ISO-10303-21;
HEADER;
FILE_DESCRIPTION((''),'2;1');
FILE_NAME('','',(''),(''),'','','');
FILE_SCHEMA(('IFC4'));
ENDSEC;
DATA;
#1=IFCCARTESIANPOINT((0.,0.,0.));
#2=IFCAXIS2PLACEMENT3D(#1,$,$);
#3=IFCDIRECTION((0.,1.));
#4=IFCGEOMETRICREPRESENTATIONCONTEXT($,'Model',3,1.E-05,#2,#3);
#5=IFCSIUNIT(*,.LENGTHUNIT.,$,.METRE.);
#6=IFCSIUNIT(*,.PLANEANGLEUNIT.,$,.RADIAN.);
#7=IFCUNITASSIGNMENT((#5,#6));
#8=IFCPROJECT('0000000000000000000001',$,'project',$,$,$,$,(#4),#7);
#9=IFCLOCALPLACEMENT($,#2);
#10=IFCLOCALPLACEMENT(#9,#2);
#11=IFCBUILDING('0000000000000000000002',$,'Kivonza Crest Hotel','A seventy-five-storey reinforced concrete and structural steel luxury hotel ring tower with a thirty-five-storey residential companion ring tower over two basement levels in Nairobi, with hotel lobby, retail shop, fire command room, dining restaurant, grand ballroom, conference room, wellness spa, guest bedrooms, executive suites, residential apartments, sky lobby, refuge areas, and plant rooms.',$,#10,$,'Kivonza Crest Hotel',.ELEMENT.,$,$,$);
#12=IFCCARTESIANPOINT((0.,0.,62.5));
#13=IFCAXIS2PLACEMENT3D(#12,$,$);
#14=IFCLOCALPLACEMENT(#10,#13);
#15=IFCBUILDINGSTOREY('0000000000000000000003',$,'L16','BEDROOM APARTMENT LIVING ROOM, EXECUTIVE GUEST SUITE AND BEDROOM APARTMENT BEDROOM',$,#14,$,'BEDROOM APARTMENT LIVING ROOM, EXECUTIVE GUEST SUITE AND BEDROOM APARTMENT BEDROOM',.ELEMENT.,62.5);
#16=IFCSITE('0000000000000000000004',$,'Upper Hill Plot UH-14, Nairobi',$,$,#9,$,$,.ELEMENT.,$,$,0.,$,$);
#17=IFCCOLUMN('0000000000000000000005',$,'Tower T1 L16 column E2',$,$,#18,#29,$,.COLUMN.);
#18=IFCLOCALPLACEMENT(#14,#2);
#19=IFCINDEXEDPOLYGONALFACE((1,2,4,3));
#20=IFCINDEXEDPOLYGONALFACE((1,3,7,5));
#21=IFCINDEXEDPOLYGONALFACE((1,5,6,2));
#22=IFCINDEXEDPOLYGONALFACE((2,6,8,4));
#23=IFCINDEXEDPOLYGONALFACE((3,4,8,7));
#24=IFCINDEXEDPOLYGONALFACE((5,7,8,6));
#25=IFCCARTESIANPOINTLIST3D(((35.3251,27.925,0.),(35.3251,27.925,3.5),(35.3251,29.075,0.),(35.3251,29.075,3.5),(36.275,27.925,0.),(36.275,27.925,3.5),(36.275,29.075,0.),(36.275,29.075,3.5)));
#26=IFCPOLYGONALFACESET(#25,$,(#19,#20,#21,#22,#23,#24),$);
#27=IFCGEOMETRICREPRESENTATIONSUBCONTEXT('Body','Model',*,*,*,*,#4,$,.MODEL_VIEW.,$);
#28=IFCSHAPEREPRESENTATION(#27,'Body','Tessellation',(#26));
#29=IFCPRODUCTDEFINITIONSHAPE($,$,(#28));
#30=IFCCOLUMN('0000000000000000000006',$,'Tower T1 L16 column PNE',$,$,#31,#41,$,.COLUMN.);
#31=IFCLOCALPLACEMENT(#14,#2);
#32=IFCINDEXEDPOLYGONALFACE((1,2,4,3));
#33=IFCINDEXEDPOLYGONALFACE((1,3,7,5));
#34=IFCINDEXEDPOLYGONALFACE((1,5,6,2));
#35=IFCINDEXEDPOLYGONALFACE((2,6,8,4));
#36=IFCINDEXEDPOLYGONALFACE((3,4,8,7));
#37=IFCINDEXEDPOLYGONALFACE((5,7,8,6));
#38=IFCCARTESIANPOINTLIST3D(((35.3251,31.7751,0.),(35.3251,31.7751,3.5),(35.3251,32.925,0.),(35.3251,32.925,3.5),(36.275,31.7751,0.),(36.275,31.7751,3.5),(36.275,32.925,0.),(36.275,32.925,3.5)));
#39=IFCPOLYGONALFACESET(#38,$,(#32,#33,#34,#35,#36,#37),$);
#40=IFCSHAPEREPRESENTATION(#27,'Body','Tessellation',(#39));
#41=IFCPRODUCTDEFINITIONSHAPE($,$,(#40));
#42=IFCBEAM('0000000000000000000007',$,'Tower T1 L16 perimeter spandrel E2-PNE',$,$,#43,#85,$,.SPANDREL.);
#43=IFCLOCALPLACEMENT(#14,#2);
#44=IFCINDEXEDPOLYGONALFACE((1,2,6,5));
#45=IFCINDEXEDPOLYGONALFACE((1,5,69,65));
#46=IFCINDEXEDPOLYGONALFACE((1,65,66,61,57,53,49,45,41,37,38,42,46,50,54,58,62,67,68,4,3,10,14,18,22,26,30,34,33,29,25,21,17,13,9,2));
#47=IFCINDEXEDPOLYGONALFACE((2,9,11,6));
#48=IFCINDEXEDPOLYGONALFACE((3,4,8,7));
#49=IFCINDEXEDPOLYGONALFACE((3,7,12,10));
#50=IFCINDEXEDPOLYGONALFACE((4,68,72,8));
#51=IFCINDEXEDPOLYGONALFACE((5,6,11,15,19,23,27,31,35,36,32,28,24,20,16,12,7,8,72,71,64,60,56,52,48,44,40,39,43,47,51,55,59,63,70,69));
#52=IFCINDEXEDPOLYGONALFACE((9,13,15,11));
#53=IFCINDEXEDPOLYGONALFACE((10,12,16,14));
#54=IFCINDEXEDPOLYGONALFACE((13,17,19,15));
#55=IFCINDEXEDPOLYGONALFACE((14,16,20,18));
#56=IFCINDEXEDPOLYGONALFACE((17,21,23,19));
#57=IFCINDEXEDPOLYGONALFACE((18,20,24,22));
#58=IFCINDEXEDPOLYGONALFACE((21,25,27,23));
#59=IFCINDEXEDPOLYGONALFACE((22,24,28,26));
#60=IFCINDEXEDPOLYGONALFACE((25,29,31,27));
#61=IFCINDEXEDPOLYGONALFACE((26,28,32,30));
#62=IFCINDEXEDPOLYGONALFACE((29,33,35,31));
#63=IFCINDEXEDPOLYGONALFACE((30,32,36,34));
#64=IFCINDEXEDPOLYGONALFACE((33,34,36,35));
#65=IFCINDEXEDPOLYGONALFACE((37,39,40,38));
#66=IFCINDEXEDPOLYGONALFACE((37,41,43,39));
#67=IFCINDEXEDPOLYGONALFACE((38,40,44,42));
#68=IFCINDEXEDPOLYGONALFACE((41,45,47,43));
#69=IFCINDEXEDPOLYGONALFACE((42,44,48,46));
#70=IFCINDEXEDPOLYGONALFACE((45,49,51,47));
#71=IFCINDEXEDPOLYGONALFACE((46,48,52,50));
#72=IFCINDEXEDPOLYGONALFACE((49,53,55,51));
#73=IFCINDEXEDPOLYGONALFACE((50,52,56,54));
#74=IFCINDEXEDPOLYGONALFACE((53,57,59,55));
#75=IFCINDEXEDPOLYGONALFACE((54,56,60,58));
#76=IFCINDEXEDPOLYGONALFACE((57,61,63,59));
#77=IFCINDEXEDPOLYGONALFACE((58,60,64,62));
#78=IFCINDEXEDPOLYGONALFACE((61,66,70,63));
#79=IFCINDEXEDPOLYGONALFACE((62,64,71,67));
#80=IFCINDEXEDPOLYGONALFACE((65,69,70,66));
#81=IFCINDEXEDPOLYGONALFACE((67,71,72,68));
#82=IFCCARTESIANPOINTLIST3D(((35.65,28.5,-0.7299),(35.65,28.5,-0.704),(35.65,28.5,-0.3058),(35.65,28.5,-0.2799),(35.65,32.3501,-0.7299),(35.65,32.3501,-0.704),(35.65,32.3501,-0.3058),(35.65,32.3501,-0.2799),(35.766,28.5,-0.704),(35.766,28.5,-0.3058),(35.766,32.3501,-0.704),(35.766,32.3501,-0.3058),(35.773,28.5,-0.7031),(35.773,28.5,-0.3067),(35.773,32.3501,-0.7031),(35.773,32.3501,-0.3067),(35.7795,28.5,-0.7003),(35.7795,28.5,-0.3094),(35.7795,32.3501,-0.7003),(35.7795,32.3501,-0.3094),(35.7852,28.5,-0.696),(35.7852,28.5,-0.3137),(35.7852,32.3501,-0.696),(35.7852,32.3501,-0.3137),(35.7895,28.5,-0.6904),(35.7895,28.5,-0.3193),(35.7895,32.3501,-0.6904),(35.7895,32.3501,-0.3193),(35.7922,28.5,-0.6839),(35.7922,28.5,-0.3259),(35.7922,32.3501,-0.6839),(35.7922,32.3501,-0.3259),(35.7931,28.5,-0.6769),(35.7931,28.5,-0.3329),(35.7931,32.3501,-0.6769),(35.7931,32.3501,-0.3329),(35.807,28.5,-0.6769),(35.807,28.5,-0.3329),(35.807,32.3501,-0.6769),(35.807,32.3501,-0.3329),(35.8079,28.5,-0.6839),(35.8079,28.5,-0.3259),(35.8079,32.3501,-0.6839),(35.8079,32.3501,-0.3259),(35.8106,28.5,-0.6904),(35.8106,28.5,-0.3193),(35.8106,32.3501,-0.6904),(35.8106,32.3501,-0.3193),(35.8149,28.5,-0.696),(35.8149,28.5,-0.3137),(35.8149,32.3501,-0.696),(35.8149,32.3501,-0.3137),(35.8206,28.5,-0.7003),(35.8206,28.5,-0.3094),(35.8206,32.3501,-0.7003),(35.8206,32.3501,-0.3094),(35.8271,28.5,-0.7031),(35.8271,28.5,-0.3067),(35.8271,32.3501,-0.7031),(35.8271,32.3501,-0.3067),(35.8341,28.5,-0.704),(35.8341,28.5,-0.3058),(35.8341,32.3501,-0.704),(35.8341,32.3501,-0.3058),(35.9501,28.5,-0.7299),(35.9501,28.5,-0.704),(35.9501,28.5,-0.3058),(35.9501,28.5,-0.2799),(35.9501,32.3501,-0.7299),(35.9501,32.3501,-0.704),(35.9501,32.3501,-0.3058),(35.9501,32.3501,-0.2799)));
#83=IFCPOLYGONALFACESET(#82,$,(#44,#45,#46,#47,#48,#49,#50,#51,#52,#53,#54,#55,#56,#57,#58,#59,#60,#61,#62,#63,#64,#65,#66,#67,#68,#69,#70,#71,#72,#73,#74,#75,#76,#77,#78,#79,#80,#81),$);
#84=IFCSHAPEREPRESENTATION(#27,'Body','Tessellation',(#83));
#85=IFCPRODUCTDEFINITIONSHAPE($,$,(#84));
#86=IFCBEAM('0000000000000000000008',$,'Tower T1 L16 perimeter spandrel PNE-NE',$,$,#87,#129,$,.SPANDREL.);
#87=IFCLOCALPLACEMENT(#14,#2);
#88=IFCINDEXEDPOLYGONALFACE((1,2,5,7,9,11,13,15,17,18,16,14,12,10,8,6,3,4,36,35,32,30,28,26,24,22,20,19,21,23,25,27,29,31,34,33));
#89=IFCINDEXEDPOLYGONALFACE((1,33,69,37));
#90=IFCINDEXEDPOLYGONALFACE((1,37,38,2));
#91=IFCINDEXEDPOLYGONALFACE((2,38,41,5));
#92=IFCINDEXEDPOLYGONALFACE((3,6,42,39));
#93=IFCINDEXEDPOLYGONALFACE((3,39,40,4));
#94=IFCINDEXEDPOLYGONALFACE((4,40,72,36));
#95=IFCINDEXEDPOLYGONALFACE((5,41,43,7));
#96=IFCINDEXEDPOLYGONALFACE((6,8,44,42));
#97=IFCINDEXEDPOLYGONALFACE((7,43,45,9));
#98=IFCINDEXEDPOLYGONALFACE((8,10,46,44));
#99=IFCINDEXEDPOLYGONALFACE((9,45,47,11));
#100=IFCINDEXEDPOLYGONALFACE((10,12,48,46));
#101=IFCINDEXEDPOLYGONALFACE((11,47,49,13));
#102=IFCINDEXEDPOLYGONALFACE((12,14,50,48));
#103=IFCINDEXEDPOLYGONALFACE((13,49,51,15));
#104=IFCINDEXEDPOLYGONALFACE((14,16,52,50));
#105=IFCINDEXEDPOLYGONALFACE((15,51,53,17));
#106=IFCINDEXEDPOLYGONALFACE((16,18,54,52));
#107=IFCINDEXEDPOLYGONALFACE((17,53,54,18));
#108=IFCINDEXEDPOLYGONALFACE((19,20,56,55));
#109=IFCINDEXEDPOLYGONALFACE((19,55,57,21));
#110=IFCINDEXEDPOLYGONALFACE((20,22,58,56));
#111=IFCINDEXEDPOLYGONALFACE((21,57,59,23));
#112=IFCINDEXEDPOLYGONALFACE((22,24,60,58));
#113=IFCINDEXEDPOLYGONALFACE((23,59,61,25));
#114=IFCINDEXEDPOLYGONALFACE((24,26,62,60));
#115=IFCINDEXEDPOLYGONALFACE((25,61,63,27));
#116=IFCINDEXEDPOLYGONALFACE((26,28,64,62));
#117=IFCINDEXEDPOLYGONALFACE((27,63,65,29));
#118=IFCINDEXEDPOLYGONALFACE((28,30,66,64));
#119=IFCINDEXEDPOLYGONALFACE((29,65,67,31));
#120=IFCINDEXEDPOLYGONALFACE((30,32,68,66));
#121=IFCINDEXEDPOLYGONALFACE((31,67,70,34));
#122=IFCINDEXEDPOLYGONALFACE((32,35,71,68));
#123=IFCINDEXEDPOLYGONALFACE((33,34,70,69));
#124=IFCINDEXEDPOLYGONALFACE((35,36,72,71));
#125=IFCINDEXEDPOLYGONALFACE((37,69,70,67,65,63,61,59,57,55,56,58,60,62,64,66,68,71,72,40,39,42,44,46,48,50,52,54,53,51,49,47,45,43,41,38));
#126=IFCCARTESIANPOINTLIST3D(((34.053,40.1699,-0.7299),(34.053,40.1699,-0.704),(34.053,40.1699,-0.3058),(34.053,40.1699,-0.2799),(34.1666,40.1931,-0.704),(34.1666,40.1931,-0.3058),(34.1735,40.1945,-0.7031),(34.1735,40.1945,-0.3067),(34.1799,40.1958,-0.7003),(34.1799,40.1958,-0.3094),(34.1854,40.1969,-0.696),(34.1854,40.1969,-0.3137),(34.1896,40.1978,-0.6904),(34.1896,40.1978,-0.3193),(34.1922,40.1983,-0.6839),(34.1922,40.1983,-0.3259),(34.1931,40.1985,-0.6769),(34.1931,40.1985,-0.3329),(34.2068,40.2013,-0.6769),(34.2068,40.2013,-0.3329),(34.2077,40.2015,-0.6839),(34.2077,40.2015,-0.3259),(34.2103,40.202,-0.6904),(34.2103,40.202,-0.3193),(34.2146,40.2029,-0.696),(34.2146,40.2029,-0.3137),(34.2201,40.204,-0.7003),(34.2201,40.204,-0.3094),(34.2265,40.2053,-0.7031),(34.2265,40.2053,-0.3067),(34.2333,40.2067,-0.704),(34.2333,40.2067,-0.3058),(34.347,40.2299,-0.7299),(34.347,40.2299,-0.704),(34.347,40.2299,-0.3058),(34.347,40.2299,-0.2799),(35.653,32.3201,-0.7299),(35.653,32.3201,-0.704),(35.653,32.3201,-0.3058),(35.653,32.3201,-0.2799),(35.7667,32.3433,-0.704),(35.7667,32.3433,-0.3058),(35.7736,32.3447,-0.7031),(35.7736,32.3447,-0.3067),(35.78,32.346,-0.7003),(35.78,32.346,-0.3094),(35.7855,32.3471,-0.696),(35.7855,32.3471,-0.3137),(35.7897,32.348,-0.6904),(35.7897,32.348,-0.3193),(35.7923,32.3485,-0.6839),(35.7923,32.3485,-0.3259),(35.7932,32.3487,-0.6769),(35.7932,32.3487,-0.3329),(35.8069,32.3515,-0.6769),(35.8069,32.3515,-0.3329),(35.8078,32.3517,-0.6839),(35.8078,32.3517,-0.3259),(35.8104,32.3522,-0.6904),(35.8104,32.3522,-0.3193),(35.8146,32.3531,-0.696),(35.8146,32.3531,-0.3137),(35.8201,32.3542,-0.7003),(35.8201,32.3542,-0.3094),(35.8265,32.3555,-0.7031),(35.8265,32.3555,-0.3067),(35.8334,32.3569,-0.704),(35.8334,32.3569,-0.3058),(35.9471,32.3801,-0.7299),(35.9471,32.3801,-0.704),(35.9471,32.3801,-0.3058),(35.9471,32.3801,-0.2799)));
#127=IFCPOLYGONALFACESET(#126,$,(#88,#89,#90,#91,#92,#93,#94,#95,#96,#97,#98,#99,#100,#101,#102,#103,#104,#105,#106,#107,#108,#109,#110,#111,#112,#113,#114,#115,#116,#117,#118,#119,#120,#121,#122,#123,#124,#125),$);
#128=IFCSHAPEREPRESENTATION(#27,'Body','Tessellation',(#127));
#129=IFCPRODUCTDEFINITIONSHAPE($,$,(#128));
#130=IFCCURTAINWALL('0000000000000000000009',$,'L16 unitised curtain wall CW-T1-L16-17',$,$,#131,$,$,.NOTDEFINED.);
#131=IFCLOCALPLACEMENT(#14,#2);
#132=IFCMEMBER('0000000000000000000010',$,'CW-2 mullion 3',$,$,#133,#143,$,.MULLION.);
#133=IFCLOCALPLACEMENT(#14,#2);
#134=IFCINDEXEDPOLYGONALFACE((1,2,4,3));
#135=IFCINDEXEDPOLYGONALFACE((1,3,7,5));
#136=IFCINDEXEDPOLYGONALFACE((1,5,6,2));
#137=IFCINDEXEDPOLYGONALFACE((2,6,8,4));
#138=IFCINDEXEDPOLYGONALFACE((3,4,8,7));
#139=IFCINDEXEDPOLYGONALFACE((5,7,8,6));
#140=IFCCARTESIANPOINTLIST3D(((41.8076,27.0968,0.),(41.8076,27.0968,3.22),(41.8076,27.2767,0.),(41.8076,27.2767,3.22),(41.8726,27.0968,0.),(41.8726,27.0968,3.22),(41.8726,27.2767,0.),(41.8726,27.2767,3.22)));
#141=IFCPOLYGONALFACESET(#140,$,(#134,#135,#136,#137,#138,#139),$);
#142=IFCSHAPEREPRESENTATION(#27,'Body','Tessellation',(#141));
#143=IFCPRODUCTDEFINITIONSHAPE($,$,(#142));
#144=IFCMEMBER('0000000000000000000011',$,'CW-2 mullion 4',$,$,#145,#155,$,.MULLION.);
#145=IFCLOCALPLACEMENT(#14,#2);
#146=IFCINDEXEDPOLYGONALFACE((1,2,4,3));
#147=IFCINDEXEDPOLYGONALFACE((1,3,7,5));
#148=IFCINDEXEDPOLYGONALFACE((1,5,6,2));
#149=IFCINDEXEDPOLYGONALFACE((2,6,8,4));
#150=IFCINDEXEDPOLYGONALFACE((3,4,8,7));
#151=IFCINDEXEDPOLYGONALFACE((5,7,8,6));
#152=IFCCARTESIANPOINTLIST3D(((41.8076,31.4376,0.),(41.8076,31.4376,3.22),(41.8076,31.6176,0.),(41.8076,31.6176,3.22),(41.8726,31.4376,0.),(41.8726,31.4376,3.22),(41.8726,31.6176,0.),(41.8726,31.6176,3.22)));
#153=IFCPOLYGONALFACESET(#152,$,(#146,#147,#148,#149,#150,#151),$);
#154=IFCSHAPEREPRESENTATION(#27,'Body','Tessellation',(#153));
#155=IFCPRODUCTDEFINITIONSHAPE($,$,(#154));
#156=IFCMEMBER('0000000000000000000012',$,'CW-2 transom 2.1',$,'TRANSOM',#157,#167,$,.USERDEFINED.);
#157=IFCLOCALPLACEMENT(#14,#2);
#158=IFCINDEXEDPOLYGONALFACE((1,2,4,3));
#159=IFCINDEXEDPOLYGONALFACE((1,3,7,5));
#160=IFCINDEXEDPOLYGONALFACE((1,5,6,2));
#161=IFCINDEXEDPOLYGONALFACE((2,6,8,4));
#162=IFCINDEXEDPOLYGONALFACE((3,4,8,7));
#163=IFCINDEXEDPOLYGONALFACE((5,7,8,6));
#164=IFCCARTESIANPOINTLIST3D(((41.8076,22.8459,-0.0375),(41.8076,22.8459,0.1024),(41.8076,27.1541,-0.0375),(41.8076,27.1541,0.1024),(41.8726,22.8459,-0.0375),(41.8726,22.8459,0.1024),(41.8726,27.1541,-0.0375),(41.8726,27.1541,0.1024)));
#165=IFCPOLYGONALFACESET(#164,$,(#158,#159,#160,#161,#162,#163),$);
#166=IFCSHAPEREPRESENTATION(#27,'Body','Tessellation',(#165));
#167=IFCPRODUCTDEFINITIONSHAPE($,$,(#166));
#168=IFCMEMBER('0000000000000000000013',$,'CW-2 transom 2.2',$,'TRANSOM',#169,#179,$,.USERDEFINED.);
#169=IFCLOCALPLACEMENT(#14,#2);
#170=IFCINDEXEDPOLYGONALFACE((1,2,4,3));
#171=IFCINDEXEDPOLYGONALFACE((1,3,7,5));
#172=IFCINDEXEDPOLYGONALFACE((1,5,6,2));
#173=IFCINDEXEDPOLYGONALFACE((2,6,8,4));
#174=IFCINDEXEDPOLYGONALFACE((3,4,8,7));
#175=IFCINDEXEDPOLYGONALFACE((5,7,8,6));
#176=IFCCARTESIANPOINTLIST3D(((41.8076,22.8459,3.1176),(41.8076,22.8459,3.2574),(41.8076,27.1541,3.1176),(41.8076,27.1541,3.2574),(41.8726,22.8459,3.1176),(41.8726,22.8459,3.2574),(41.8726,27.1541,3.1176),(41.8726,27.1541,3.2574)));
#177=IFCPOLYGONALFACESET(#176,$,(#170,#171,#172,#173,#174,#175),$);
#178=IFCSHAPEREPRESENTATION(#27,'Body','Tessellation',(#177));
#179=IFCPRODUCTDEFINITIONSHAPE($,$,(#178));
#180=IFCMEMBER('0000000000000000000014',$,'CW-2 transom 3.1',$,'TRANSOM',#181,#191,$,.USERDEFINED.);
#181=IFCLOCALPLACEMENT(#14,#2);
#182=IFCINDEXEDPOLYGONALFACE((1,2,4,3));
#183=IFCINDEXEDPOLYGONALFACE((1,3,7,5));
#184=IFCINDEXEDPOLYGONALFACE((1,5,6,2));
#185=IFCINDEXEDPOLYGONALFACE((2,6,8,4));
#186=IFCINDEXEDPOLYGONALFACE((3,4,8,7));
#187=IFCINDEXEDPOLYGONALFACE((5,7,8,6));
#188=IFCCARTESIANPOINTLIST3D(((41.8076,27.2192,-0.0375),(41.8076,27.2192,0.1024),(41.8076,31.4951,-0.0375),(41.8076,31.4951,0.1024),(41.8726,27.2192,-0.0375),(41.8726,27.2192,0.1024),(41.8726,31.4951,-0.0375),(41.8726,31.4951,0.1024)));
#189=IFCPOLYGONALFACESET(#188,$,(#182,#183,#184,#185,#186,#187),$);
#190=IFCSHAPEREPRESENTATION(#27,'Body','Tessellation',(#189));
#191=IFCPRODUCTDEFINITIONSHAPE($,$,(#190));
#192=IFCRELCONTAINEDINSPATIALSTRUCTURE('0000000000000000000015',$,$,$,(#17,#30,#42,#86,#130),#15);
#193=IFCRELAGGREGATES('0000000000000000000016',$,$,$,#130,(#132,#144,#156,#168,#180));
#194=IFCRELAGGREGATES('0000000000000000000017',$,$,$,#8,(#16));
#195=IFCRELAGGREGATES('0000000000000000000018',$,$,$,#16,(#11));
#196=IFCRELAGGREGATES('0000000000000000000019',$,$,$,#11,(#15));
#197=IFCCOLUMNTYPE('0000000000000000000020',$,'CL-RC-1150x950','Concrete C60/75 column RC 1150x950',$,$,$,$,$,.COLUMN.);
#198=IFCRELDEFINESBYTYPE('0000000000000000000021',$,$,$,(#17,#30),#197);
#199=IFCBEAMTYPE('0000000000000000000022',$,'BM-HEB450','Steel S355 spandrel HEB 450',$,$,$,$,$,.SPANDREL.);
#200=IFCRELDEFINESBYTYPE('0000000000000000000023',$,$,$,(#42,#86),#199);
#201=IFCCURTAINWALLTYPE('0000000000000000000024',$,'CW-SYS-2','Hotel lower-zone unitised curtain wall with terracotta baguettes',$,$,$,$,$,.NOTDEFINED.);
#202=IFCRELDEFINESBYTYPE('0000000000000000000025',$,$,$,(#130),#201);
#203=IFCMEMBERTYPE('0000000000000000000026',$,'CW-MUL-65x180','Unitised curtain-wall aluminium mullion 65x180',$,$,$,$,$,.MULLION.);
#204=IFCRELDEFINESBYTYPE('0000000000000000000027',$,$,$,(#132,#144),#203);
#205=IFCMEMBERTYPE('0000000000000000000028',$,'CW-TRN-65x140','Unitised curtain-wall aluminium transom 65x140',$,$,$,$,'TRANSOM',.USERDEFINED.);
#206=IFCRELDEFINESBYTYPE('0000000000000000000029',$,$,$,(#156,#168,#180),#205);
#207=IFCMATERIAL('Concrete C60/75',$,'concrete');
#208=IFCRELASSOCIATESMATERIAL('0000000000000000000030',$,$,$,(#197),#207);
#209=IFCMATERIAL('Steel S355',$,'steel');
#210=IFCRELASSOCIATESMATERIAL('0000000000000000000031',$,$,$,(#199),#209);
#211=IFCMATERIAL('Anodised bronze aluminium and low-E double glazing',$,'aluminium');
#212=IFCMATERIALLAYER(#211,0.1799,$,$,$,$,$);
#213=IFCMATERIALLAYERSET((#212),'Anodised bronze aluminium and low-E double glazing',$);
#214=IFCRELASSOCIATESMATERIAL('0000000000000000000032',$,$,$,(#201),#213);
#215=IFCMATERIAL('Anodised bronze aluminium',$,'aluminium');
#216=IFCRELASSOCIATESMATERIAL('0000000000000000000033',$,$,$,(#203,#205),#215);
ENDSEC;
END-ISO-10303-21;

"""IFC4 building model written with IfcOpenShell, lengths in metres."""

from ifc_helpers import new_model, si_unit, direction, frame, origin, origin_2d, place, context, subcontext, project, spatial, rectangle, i_section, extrude, material, layer, layer_set, material_profile, profile_set, type_object, element, aggregate, save


model = new_model("IFC4")

# Units and contexts
model_context = context("Model", 3, precision=1e-05, world=origin(), true_north=direction((0.0, 1.0)))
body_context = subcontext(model_context, "Body", "Model", "MODEL_VIEW")
ifc_project = project(units=[si_unit("LENGTHUNIT", "METRE"), si_unit("PLANEANGLEUNIT", "RADIAN")], contexts=[model_context])

# Site, building, storey
site_placement = place(None, origin())
site = spatial("IfcSite", under=ifc_project, at=site_placement, Name="Upper Hill Plot UH-14, Nairobi", CompositionType="ELEMENT", RefElevation=0.0)
building_placement = place(site_placement, origin())
building = spatial("IfcBuilding", under=site, at=building_placement, Name="Kivonza Crest Hotel", Description="A seventy-five-storey reinforced concrete and structural steel luxury hotel ring tower with a thirty-five-storey residential companion ring tower over two basement levels in Nairobi, with hotel lobby, retail shop, fire command room, dining restaurant, grand ballroom, conference room, wellness spa, guest bedrooms, executive suites, residential apartments, sky lobby, refuge areas, and plant rooms.", LongName="Kivonza Crest Hotel", CompositionType="ELEMENT")
storey_placement = place(building_placement, frame((0.0, 0.0, 62.5)))
storey = spatial("IfcBuildingStorey", under=building, at=storey_placement, Name="L16", Description="BEDROOM APARTMENT LIVING ROOM, EXECUTIVE GUEST SUITE AND BEDROOM APARTMENT BEDROOM", LongName="BEDROOM APARTMENT LIVING ROOM, EXECUTIVE GUEST SUITE AND BEDROOM APARTMENT BEDROOM", CompositionType="ELEMENT", Elevation=62.5)

# Columns
ifc_material_1 = material(Name="Concrete C60/75", Category="concrete")
ifc_material_profile_1 = material_profile(ifc_material_1, rectangle(XDim=0.95, YDim=1.1499, at=origin_2d()), Name="RC 1150x950")
ifc_profile_set_1 = profile_set([ifc_material_profile_1], Name="Concrete C60/75")
column_type = type_object("IfcColumnType", Name="CL-RC-1150x950", Description="Concrete C60/75 column RC 1150x950", PredefinedType="COLUMN", material=ifc_profile_set_1)
for number, where, z_axis, x_axis, name in (
    (1, (35.8, 28.5, 0.0), (0.0, 0.0, 1.0), (1.0, 0.0, 0.0), "Tower T1 L16 column E2"),
    (2, (35.8, 32.3501, 0.0), (0.0, 0.0, 1.0), (1.0, 0.0, 0.0), "Tower T1 L16 column PNE"),
):
    element("IfcColumn", number, at=place(storey_placement, frame(where, z_axis=z_axis, x_axis=x_axis)), inside=storey, type_object=column_type, Name=name, PredefinedType="COLUMN", context=body_context, shape_type="SweptSolid", body=[
        extrude(rectangle(XDim=0.95, YDim=1.1499, at=origin_2d()), origin(), (0.0, 0.0, 1.0), 3.5),
    ])

# Beams
ifc_material_2 = material(Name="Steel S355", Category="steel")
ifc_material_profile_2 = material_profile(ifc_material_2, i_section(OverallWidth=0.3, OverallDepth=0.45, WebThickness=0.0139, FlangeThickness=0.0259, FilletRadius=0.0271, at=origin_2d()), Name="HEB 450")
ifc_profile_set_2 = profile_set([ifc_material_profile_2], Name="Steel S355")
beam_type = type_object("IfcBeamType", Name="BM-HEB450", Description="Steel S355 spandrel HEB 450", PredefinedType="SPANDREL", material=ifc_profile_set_2)
beam_1_placement = place(storey_placement, frame((35.8, 28.5, -0.5049), z_axis=(0.0, 1.0, 0.0), x_axis=(-1.0, 0.0, 0.0)))
element("IfcBeam", 3, at=beam_1_placement, inside=storey, type_object=beam_type, Name="Tower T1 L16 perimeter spandrel E2-PNE", PredefinedType="SPANDREL", context=body_context, shape_type="SweptSolid", body=[
    extrude(i_section(OverallWidth=0.3, OverallDepth=0.45, WebThickness=0.0139, FlangeThickness=0.0259, FilletRadius=0.0271, at=origin_2d()), origin(), (0.0, 0.0, 1.0), 3.8501),
])
beam_2_placement = place(storey_placement, frame((35.8, 32.3501, -0.5049), z_axis=(-0.199731, 0.979851, 0.0), x_axis=(-0.979851, -0.199731, 0.0)))
element("IfcBeam", 4, at=beam_2_placement, inside=storey, type_object=beam_type, Name="Tower T1 L16 perimeter spandrel PNE-NE", PredefinedType="SPANDREL", context=body_context, shape_type="SweptSolid", body=[
    extrude(i_section(OverallWidth=0.3, OverallDepth=0.45, WebThickness=0.0139, FlangeThickness=0.0259, FilletRadius=0.0271, at=origin_2d()), origin(), (0.0, 0.0, 1.0), 8.0112),
])

# Curtain wall, members
ifc_material_3 = material(Name="Anodised bronze aluminium and low-E double glazing", Category="aluminium")
ifc_layer_1 = layer(ifc_material_3, 0.1799)
ifc_layer_set_1 = layer_set([ifc_layer_1], Name="Anodised bronze aluminium and low-E double glazing")
curtain_wall_type = type_object("IfcCurtainWallType", Name="CW-SYS-2", Description="Hotel lower-zone unitised curtain wall with terracotta baguettes", PredefinedType="NOTDEFINED", material=ifc_layer_set_1)
curtain_wall_placement = place(storey_placement, origin())
curtain_wall = element("IfcCurtainWall", 5, at=curtain_wall_placement, inside=storey, type_object=curtain_wall_type, Name="L16 unitised curtain wall CW-T1-L16-17", PredefinedType="NOTDEFINED")
ifc_material_4 = material(Name="Anodised bronze aluminium", Category="aluminium")
ifc_material_profile_3 = material_profile(ifc_material_4, rectangle(XDim=0.0649, YDim=0.1799, at=origin_2d()), Name="CW-M 65x180")
ifc_profile_set_3 = profile_set([ifc_material_profile_3], Name="Anodised bronze aluminium")
member_type_1 = type_object("IfcMemberType", Name="CW-MUL-65x180", Description="Unitised curtain-wall aluminium mullion 65x180", PredefinedType="MULLION", material=ifc_profile_set_3)
member_1_placement = place(storey_placement, frame((41.8401, 27.1868, 0.0), z_axis=(0.0, 0.0, 1.0), x_axis=(-1.0, 0.0, 0.0)))
member_1 = element("IfcMember", 6, at=member_1_placement, type_object=member_type_1, Name="CW-2 mullion 3", PredefinedType="MULLION", context=body_context, shape_type="SweptSolid", body=[
    extrude(rectangle(XDim=0.0649, YDim=0.1799, at=origin_2d()), origin(), (0.0, 0.0, 1.0), 3.22),
])
member_2_placement = place(storey_placement, frame((41.8401, 31.5276, 0.0), z_axis=(0.0, 0.0, 1.0), x_axis=(-1.0, 0.0, 0.0)))
member_2 = element("IfcMember", 7, at=member_2_placement, type_object=member_type_1, Name="CW-2 mullion 4", PredefinedType="MULLION", context=body_context, shape_type="SweptSolid", body=[
    extrude(rectangle(XDim=0.0649, YDim=0.1799, at=origin_2d()), origin(), (0.0, 0.0, 1.0), 3.22),
])
ifc_material_profile_4 = material_profile(ifc_material_4, rectangle(XDim=0.0649, YDim=0.1399, at=origin_2d()), Name="CW-T 65x140")
ifc_profile_set_4 = profile_set([ifc_material_profile_4], Name="Anodised bronze aluminium")
member_type_2 = type_object("IfcMemberType", Name="CW-TRN-65x140", Description="Unitised curtain-wall aluminium transom 65x140", ElementType="TRANSOM", PredefinedType="USERDEFINED", material=ifc_profile_set_4)
member_3_placement = place(storey_placement, frame((41.8401, 22.8459, 0.0325), z_axis=(0.0, 1.0, 0.0), x_axis=(-1.0, 0.0, 0.0)))
member_3 = element("IfcMember", 8, at=member_3_placement, type_object=member_type_2, Name="CW-2 transom 2.1", ObjectType="TRANSOM", PredefinedType="USERDEFINED", context=body_context, shape_type="SweptSolid", body=[
    extrude(rectangle(XDim=0.0649, YDim=0.1399, at=origin_2d()), origin(), (0.0, 0.0, 1.0), 4.3081),
])
member_4_placement = place(storey_placement, frame((41.8401, 22.8459, 3.1875), z_axis=(0.0, 1.0, 0.0), x_axis=(-1.0, 0.0, 0.0)))
member_4 = element("IfcMember", 9, at=member_4_placement, type_object=member_type_2, Name="CW-2 transom 2.2", ObjectType="TRANSOM", PredefinedType="USERDEFINED", context=body_context, shape_type="SweptSolid", body=[
    extrude(rectangle(XDim=0.0649, YDim=0.1399, at=origin_2d()), origin(), (0.0, 0.0, 1.0), 4.3081),
])
member_5_placement = place(storey_placement, frame((41.8401, 27.2192, 0.0325), z_axis=(0.0, 1.0, 0.0), x_axis=(-1.0, 0.0, 0.0)))
member_5 = element("IfcMember", 10, at=member_5_placement, type_object=member_type_2, Name="CW-2 transom 3.1", ObjectType="TRANSOM", PredefinedType="USERDEFINED", context=body_context, shape_type="SweptSolid", body=[
    extrude(rectangle(XDim=0.0649, YDim=0.1399, at=origin_2d()), origin(), (0.0, 0.0, 1.0), 4.2759),
])
aggregate(curtain_wall, [member_1, member_2, member_3, member_4, member_5])

save(model, "model.ifc")
